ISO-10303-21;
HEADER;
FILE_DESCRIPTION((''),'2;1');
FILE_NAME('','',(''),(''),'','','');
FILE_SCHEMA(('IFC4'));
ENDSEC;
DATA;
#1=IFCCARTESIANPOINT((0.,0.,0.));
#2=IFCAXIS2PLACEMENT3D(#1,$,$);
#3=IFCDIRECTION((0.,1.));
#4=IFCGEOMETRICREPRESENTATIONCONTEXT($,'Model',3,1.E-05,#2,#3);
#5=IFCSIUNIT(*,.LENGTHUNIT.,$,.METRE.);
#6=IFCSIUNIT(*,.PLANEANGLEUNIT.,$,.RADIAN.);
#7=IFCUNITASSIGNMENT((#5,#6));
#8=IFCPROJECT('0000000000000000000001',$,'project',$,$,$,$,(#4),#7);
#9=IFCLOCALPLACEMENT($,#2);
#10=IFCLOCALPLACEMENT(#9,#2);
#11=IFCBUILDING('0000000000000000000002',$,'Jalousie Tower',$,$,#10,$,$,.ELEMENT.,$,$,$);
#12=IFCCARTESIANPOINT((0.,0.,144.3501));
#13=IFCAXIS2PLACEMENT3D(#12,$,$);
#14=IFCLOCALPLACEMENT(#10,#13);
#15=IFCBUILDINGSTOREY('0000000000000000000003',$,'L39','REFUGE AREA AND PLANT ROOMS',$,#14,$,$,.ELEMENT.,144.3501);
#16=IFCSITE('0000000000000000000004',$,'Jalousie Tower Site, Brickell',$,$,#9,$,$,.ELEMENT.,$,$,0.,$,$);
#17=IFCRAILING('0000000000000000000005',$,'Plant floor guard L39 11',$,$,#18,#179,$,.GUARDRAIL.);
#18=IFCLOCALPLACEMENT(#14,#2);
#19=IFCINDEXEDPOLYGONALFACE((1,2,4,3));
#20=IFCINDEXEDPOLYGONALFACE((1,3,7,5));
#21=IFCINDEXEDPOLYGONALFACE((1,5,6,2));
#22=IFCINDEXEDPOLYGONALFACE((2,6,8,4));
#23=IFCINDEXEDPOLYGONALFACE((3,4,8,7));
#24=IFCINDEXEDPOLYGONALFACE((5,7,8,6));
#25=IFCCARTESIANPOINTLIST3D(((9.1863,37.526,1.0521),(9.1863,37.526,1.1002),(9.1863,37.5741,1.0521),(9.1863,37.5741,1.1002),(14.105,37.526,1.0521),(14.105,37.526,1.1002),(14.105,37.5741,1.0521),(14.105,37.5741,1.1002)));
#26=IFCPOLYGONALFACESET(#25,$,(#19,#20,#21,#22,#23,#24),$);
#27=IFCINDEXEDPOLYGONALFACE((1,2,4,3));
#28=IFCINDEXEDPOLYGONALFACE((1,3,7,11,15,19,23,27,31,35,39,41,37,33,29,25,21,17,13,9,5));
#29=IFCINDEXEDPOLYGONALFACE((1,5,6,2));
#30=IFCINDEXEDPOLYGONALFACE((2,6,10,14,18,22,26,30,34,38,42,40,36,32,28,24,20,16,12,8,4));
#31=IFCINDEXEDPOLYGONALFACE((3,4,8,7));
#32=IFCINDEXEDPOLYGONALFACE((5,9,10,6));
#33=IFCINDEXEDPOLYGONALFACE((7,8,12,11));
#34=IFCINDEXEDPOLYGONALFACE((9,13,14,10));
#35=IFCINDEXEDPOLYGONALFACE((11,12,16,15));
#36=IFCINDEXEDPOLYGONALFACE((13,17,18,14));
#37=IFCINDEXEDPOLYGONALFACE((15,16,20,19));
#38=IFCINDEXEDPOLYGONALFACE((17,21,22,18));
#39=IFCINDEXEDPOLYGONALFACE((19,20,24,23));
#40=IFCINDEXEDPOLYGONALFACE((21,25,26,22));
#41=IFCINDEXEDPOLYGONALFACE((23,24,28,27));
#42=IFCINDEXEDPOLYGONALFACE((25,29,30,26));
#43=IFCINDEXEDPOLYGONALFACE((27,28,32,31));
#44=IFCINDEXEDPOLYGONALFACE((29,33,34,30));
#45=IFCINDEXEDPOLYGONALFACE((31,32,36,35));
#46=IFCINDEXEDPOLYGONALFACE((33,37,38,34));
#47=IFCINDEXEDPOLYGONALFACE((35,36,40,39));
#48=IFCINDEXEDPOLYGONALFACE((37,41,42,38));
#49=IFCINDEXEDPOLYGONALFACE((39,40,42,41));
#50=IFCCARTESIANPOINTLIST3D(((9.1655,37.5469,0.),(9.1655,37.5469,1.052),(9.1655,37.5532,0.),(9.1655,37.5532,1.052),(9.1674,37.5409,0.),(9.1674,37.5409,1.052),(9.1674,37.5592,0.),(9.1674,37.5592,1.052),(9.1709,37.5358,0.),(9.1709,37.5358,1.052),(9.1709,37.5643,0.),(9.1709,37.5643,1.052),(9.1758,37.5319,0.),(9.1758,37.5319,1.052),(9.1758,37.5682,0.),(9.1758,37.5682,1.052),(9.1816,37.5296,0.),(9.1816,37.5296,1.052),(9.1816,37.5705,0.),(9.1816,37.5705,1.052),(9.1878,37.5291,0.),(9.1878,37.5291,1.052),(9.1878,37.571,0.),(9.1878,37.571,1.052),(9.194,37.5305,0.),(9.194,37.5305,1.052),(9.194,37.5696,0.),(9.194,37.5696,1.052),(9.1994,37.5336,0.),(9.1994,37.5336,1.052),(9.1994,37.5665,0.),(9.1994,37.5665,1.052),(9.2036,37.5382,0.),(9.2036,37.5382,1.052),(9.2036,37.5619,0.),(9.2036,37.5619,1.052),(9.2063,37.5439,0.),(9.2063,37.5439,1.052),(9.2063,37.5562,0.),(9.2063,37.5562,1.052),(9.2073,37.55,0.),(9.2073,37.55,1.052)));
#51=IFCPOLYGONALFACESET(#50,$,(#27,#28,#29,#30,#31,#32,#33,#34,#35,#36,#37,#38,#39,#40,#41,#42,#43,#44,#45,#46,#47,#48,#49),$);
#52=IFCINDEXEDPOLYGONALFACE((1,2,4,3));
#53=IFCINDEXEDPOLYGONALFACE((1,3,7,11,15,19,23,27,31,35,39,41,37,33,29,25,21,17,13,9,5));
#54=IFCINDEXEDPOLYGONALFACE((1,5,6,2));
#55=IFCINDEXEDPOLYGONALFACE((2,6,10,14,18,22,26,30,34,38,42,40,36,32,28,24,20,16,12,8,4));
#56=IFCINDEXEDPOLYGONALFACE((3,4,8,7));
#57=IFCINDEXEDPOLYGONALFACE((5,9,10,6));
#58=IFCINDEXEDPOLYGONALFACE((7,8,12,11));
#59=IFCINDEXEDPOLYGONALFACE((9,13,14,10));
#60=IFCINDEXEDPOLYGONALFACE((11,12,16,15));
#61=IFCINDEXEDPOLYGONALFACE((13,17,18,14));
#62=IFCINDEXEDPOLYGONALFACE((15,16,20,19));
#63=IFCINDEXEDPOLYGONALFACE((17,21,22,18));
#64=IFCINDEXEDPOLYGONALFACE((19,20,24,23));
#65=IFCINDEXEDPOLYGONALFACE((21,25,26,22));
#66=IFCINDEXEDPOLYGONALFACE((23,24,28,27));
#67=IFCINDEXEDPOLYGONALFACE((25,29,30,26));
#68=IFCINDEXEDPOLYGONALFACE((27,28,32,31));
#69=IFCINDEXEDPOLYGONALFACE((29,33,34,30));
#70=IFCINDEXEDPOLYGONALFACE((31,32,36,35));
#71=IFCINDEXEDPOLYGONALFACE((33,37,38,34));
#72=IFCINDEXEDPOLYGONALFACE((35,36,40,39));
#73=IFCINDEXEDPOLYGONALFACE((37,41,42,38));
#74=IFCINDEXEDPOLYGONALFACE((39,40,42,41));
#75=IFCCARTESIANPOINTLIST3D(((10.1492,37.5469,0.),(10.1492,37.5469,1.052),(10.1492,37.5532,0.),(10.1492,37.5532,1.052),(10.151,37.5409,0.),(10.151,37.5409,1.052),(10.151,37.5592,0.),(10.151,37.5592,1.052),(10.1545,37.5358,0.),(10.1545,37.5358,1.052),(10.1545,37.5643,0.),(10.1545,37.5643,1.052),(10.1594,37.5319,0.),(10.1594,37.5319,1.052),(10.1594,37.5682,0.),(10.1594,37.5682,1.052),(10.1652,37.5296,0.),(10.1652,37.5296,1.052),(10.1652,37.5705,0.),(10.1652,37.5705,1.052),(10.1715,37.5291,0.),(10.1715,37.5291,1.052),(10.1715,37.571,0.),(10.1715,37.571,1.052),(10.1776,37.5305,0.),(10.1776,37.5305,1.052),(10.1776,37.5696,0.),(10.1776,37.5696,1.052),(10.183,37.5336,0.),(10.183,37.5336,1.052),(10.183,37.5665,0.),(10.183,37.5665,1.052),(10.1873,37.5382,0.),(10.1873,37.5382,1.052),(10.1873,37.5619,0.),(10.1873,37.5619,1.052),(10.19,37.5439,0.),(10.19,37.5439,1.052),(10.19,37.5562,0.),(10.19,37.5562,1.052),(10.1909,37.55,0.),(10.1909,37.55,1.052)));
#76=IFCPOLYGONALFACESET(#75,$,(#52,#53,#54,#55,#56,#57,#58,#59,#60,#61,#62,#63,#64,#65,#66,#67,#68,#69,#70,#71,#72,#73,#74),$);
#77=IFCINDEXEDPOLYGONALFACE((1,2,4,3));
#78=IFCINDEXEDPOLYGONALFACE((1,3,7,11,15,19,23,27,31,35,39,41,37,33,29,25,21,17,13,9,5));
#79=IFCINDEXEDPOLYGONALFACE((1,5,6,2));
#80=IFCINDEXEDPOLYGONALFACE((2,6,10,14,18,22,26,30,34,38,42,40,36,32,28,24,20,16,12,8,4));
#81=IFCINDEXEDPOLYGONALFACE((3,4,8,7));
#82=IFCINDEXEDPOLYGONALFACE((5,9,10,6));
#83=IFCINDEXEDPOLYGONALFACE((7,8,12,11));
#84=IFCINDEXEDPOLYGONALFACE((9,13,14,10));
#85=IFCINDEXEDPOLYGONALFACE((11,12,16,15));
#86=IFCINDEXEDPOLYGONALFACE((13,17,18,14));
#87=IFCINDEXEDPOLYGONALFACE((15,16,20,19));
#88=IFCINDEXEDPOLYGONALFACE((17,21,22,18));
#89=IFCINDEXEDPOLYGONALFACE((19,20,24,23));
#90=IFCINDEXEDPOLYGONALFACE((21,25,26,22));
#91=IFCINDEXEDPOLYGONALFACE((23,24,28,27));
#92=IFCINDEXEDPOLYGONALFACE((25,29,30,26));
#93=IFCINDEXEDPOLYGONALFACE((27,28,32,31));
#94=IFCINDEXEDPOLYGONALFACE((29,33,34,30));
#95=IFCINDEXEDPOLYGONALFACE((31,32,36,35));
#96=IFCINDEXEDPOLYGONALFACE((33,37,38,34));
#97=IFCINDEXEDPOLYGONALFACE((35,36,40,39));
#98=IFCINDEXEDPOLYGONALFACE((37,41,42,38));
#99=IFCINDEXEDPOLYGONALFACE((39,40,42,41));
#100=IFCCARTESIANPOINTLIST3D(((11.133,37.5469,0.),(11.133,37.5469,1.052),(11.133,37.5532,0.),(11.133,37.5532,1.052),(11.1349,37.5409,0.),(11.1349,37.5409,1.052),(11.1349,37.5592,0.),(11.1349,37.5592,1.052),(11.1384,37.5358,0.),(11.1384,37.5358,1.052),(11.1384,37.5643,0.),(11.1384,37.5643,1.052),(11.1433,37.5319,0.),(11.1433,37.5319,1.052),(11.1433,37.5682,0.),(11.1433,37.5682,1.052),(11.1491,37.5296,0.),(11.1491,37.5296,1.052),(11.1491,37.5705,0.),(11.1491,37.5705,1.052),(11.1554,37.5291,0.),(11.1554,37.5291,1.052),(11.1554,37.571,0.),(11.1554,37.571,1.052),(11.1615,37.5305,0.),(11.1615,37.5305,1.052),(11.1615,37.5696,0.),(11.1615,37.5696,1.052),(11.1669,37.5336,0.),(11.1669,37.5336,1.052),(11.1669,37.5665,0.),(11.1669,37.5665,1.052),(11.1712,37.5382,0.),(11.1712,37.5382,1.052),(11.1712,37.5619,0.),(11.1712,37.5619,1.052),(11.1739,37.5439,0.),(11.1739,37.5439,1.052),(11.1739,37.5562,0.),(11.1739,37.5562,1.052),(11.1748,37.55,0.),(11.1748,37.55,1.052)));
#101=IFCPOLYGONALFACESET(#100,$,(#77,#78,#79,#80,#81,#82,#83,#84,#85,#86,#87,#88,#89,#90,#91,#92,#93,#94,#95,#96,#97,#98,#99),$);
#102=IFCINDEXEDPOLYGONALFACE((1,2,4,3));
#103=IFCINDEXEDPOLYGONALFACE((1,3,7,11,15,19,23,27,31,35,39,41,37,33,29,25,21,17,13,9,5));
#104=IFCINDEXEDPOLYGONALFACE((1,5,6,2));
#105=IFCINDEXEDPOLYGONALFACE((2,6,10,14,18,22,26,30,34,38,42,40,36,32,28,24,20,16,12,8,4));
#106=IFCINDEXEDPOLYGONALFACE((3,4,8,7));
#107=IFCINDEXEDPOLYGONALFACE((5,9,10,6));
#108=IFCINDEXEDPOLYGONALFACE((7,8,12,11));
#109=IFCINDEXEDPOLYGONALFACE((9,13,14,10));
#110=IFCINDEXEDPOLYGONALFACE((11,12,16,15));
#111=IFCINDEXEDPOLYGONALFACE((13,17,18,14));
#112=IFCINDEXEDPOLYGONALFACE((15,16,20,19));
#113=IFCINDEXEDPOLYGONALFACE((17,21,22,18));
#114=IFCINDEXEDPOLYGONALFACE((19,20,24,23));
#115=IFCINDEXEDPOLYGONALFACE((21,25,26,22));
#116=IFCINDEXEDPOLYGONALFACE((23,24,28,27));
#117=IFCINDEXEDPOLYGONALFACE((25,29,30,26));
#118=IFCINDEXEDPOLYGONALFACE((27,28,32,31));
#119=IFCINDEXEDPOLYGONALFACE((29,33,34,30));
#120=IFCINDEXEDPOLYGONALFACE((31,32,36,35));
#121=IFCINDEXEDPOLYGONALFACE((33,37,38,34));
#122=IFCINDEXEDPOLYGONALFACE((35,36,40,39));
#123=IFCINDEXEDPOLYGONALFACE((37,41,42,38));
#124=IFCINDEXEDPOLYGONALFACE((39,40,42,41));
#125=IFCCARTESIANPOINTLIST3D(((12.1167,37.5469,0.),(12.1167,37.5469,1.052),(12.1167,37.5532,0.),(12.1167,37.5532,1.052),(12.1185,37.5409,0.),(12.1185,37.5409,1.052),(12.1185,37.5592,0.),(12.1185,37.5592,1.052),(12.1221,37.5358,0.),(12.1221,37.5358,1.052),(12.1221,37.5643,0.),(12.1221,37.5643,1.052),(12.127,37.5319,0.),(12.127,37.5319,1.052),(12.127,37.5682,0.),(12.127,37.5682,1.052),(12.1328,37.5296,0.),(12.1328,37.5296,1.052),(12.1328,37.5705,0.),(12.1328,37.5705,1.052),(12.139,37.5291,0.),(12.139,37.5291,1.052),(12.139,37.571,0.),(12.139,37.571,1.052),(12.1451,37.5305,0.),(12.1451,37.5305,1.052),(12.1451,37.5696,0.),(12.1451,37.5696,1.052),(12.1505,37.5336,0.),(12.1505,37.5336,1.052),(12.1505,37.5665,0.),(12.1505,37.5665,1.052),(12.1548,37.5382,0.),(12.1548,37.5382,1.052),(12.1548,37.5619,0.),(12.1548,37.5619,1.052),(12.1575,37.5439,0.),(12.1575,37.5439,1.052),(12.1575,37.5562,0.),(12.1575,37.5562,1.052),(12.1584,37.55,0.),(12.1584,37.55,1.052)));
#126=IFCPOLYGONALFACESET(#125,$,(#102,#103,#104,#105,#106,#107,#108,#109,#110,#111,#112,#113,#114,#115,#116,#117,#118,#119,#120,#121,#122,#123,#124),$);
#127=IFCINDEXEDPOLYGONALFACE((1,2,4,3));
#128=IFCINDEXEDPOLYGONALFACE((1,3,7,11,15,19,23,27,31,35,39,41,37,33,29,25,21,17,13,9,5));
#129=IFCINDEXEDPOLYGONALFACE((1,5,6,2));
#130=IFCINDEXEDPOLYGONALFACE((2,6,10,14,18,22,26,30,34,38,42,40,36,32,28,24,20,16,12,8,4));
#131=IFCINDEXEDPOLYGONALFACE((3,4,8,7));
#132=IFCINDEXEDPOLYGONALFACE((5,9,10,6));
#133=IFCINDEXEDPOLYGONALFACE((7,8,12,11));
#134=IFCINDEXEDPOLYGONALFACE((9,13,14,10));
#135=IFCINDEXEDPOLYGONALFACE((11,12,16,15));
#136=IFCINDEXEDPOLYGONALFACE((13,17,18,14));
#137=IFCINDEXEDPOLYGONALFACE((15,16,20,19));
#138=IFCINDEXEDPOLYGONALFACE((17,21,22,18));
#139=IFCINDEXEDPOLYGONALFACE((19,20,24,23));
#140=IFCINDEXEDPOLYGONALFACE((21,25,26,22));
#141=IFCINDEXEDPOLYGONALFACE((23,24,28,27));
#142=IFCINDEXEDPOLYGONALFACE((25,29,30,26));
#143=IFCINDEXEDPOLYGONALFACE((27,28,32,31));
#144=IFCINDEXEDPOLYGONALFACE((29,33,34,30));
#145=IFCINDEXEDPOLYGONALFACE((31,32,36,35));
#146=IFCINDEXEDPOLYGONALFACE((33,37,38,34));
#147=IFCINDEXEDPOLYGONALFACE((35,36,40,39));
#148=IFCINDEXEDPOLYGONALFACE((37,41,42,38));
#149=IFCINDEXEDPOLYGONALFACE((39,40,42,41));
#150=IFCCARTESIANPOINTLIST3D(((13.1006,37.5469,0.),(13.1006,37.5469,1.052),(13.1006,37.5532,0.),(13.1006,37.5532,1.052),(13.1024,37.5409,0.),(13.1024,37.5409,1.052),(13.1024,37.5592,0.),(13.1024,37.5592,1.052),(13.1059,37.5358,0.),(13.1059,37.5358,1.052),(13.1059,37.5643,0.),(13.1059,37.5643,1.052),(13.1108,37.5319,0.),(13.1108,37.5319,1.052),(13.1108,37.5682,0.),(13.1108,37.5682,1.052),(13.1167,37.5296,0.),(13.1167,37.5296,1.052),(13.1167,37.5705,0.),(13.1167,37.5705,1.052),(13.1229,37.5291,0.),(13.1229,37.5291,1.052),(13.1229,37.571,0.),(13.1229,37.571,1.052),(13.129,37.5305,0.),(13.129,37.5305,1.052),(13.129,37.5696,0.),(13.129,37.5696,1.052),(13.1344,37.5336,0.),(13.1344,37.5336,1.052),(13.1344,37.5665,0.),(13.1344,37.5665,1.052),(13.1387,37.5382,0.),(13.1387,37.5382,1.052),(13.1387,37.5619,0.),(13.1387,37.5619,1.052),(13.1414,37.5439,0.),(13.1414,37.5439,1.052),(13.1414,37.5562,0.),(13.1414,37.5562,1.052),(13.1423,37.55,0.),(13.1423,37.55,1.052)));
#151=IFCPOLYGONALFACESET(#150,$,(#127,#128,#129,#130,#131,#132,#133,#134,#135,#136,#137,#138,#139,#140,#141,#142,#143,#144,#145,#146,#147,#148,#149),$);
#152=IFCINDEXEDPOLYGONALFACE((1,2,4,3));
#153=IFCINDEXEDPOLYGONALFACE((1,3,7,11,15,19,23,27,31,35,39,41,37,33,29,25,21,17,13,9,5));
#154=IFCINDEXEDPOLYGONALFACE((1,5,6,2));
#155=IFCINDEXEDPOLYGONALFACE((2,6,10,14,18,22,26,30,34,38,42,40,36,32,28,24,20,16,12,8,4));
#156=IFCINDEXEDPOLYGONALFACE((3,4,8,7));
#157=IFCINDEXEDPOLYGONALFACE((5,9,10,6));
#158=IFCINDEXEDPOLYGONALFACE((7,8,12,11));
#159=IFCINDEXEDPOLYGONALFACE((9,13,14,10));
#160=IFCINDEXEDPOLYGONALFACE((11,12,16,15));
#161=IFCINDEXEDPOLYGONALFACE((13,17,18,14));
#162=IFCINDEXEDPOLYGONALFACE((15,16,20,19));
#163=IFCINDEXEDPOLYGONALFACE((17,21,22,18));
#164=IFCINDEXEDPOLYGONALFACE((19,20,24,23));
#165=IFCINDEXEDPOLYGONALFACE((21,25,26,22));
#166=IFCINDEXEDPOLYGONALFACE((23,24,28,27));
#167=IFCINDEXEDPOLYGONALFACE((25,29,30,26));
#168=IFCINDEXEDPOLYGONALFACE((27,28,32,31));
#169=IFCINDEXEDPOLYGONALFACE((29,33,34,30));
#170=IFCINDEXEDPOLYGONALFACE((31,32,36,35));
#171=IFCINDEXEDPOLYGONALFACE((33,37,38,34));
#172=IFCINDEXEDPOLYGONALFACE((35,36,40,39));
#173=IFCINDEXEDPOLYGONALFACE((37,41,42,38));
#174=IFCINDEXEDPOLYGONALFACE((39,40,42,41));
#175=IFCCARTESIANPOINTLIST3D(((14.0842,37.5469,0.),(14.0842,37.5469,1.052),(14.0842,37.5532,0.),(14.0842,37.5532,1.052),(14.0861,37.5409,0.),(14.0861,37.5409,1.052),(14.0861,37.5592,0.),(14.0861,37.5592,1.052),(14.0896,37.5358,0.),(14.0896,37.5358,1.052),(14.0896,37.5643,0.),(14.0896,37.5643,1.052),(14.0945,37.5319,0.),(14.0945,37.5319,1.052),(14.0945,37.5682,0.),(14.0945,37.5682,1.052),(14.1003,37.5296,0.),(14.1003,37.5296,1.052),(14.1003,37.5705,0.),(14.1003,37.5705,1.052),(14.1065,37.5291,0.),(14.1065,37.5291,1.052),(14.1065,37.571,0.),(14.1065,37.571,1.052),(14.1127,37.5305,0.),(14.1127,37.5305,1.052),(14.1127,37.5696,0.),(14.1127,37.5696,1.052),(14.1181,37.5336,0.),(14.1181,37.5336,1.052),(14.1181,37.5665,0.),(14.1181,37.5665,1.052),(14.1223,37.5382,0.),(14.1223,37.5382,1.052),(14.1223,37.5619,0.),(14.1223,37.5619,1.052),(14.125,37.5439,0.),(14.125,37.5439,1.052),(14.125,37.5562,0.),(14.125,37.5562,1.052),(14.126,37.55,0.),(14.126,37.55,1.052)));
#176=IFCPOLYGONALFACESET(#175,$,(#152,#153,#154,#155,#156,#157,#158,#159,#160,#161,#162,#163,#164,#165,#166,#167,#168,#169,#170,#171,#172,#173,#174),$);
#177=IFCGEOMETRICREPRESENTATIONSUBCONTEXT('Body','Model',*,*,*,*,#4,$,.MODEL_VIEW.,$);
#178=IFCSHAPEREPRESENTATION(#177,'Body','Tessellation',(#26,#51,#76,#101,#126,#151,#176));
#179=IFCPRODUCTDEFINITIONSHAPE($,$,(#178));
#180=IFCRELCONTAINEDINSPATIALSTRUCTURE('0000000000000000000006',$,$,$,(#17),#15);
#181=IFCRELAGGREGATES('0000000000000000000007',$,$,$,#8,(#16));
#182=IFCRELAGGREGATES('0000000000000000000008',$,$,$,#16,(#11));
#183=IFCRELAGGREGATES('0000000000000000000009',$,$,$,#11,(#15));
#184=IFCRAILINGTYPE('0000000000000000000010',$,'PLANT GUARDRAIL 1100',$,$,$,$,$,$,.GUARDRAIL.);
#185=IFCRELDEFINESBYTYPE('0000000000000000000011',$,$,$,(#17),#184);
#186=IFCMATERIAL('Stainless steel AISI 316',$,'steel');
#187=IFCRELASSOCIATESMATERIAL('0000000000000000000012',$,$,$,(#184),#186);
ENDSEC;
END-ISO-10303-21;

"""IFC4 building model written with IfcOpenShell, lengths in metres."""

from ifc_helpers import new_model, si_unit, direction, frame, origin, origin_2d, place, context, subcontext, project, spatial, rectangle, circle, extrude, material, type_object, element, save


model = new_model("IFC4")

# Units and contexts
model_context = context("Model", 3, precision=1e-05, world=origin(), true_north=direction((0.0, 1.0)))
body_context = subcontext(model_context, "Body", "Model", "MODEL_VIEW")
ifc_project = project(units=[si_unit("LENGTHUNIT", "METRE"), si_unit("PLANEANGLEUNIT", "RADIAN")], contexts=[model_context])

# Site, building, storey
site_placement = place(None, origin())
site = spatial("IfcSite", under=ifc_project, at=site_placement, Name="Jalousie Tower Site, Brickell", CompositionType="ELEMENT", RefElevation=0.0)
building_placement = place(site_placement, origin())
building = spatial("IfcBuilding", under=site, at=building_placement, Name="Jalousie Tower", CompositionType="ELEMENT")
storey_placement = place(building_placement, frame((0.0, 0.0, 144.3501)))
storey = spatial("IfcBuildingStorey", under=building, at=storey_placement, Name="L39", Description="REFUGE AREA AND PLANT ROOMS", CompositionType="ELEMENT", Elevation=144.3501)

# Railing
ifc_material_1 = material(Name="Stainless steel AISI 316", Category="steel")
railing_type = type_object("IfcRailingType", Name="PLANT GUARDRAIL 1100", PredefinedType="GUARDRAIL", material=ifc_material_1)
railing_1_placement = place(storey_placement, frame((9.1863, 37.55, 0.0)))
element("IfcRailing", 1, at=railing_1_placement, inside=storey, type_object=railing_type, Name="Plant floor guard L39 11", PredefinedType="GUARDRAIL", context=body_context, shape_type="SweptSolid", body=[
    extrude(rectangle(XDim=0.0481, YDim=0.0481, at=origin_2d()), frame((0.0, 0.0, 1.0762), z_axis=(1.0, 0.0, 0.0), x_axis=(0.0, 1.0, 0.0)), (0.0, 0.0, 1.0), 4.9187),
    extrude(circle(Radius=0.021, at=origin_2d()), origin(), (0.0, 0.0, 1.0), 1.052),
    extrude(circle(Radius=0.021, at=origin_2d()), frame((0.9836, 0.0, 0.0)), (0.0, 0.0, 1.0), 1.052),
    extrude(circle(Radius=0.021, at=origin_2d()), frame((1.9675, 0.0, 0.0)), (0.0, 0.0, 1.0), 1.052),
    extrude(circle(Radius=0.021, at=origin_2d()), frame((2.9512, 0.0, 0.0)), (0.0, 0.0, 1.0), 1.052),
    extrude(circle(Radius=0.021, at=origin_2d()), frame((3.9351, 0.0, 0.0)), (0.0, 0.0, 1.0), 1.052),
    extrude(circle(Radius=0.021, at=origin_2d()), frame((4.9187, 0.0, 0.0)), (0.0, 0.0, 1.0), 1.052),
])

save(model, "model.ifc")
